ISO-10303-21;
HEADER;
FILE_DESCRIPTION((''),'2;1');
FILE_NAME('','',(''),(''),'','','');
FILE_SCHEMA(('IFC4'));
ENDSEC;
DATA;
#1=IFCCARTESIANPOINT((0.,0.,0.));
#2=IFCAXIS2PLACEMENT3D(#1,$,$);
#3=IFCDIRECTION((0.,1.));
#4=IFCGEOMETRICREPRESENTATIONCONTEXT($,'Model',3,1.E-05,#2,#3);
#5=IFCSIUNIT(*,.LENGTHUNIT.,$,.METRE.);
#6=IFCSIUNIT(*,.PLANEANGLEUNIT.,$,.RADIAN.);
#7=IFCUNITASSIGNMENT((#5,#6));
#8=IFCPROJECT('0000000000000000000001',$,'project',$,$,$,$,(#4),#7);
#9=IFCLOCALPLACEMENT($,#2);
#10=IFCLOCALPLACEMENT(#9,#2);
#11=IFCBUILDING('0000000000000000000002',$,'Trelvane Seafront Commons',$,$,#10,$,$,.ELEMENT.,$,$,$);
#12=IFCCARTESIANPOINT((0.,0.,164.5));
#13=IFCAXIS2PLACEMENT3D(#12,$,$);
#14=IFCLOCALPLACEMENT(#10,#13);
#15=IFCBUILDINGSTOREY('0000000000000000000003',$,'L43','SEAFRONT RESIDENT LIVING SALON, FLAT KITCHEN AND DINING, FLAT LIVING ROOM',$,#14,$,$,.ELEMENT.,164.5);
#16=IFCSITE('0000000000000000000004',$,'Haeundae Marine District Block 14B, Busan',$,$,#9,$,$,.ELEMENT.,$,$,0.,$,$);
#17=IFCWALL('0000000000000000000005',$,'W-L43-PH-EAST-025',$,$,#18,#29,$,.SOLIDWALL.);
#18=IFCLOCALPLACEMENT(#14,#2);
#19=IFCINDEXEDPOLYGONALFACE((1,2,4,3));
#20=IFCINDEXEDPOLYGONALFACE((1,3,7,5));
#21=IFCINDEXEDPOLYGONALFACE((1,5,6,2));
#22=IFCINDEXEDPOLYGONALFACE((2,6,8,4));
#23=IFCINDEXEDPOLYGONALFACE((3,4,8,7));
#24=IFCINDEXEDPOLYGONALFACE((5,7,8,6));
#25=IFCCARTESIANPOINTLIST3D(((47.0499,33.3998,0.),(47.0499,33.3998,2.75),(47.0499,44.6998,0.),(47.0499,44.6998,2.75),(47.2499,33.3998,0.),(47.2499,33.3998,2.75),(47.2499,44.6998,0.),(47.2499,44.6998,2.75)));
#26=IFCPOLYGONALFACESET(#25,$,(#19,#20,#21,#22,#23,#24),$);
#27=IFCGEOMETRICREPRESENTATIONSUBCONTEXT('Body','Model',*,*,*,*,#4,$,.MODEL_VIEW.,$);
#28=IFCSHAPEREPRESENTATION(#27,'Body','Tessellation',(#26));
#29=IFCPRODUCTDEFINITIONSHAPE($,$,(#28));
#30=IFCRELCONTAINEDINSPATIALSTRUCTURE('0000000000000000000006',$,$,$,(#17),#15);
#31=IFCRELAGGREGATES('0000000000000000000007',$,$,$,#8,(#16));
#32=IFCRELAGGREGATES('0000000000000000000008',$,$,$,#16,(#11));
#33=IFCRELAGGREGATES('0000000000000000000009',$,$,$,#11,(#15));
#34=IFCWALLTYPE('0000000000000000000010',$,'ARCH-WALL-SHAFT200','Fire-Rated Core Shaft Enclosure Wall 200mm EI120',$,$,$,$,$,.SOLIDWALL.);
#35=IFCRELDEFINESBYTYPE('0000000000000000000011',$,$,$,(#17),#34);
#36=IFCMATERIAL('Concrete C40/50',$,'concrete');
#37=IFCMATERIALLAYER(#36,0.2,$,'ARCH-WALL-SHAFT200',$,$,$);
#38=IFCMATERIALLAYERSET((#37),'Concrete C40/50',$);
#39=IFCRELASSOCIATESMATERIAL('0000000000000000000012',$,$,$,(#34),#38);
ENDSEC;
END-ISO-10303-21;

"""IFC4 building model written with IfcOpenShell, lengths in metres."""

from ifc_helpers import new_model, si_unit, direction, frame, frame_2d, origin, place, context, subcontext, project, spatial, rectangle, extrude, material, layer, layer_set, type_object, element, save


model = new_model("IFC4")

# Units and contexts
model_context = context("Model", 3, precision=1e-05, world=origin(), true_north=direction((0.0, 1.0)))
body_context = subcontext(model_context, "Body", "Model", "MODEL_VIEW")
ifc_project = project(units=[si_unit("LENGTHUNIT", "METRE"), si_unit("PLANEANGLEUNIT", "RADIAN")], contexts=[model_context])

# Site, building, storey
site_placement = place(None, origin())
site = spatial("IfcSite", under=ifc_project, at=site_placement, Name="Haeundae Marine District Block 14B, Busan", CompositionType="ELEMENT", RefElevation=0.0)
building_placement = place(site_placement, origin())
building = spatial("IfcBuilding", under=site, at=building_placement, Name="Trelvane Seafront Commons", CompositionType="ELEMENT")
storey_placement = place(building_placement, frame((0.0, 0.0, 164.5)))
storey = spatial("IfcBuildingStorey", under=building, at=storey_placement, Name="L43", Description="SEAFRONT RESIDENT LIVING SALON, FLAT KITCHEN AND DINING, FLAT LIVING ROOM", CompositionType="ELEMENT", Elevation=164.5)

# Shared definitions
ifc_material_1 = material(Name="Concrete C40/50", Category="concrete")

# Wall
ifc_layer_1 = layer(ifc_material_1, 0.2, Name="ARCH-WALL-SHAFT200")
ifc_layer_set_1 = layer_set([ifc_layer_1], Name="Concrete C40/50")
wall_type_1 = type_object("IfcWallType", Name="ARCH-WALL-SHAFT200", Description="Fire-Rated Core Shaft Enclosure Wall 200mm EI120", PredefinedType="SOLIDWALL", material=ifc_layer_set_1)
wall_1_placement = place(storey_placement, frame((47.1499, 33.3999, 0.0), z_axis=(0.0, 0.0, 1.0), x_axis=(0.0, 1.0, 0.0)))
element("IfcWall", 1, at=wall_1_placement, inside=storey, type_object=wall_type_1, Name="W-L43-PH-EAST-025", PredefinedType="SOLIDWALL", context=body_context, shape_type="SweptSolid", body=[
    extrude(rectangle(XDim=11.3, YDim=0.2, at=frame_2d((5.6499, 0.0))), origin(), (0.0, 0.0, 1.0), 2.75),
])

save(model, "model.ifc")
